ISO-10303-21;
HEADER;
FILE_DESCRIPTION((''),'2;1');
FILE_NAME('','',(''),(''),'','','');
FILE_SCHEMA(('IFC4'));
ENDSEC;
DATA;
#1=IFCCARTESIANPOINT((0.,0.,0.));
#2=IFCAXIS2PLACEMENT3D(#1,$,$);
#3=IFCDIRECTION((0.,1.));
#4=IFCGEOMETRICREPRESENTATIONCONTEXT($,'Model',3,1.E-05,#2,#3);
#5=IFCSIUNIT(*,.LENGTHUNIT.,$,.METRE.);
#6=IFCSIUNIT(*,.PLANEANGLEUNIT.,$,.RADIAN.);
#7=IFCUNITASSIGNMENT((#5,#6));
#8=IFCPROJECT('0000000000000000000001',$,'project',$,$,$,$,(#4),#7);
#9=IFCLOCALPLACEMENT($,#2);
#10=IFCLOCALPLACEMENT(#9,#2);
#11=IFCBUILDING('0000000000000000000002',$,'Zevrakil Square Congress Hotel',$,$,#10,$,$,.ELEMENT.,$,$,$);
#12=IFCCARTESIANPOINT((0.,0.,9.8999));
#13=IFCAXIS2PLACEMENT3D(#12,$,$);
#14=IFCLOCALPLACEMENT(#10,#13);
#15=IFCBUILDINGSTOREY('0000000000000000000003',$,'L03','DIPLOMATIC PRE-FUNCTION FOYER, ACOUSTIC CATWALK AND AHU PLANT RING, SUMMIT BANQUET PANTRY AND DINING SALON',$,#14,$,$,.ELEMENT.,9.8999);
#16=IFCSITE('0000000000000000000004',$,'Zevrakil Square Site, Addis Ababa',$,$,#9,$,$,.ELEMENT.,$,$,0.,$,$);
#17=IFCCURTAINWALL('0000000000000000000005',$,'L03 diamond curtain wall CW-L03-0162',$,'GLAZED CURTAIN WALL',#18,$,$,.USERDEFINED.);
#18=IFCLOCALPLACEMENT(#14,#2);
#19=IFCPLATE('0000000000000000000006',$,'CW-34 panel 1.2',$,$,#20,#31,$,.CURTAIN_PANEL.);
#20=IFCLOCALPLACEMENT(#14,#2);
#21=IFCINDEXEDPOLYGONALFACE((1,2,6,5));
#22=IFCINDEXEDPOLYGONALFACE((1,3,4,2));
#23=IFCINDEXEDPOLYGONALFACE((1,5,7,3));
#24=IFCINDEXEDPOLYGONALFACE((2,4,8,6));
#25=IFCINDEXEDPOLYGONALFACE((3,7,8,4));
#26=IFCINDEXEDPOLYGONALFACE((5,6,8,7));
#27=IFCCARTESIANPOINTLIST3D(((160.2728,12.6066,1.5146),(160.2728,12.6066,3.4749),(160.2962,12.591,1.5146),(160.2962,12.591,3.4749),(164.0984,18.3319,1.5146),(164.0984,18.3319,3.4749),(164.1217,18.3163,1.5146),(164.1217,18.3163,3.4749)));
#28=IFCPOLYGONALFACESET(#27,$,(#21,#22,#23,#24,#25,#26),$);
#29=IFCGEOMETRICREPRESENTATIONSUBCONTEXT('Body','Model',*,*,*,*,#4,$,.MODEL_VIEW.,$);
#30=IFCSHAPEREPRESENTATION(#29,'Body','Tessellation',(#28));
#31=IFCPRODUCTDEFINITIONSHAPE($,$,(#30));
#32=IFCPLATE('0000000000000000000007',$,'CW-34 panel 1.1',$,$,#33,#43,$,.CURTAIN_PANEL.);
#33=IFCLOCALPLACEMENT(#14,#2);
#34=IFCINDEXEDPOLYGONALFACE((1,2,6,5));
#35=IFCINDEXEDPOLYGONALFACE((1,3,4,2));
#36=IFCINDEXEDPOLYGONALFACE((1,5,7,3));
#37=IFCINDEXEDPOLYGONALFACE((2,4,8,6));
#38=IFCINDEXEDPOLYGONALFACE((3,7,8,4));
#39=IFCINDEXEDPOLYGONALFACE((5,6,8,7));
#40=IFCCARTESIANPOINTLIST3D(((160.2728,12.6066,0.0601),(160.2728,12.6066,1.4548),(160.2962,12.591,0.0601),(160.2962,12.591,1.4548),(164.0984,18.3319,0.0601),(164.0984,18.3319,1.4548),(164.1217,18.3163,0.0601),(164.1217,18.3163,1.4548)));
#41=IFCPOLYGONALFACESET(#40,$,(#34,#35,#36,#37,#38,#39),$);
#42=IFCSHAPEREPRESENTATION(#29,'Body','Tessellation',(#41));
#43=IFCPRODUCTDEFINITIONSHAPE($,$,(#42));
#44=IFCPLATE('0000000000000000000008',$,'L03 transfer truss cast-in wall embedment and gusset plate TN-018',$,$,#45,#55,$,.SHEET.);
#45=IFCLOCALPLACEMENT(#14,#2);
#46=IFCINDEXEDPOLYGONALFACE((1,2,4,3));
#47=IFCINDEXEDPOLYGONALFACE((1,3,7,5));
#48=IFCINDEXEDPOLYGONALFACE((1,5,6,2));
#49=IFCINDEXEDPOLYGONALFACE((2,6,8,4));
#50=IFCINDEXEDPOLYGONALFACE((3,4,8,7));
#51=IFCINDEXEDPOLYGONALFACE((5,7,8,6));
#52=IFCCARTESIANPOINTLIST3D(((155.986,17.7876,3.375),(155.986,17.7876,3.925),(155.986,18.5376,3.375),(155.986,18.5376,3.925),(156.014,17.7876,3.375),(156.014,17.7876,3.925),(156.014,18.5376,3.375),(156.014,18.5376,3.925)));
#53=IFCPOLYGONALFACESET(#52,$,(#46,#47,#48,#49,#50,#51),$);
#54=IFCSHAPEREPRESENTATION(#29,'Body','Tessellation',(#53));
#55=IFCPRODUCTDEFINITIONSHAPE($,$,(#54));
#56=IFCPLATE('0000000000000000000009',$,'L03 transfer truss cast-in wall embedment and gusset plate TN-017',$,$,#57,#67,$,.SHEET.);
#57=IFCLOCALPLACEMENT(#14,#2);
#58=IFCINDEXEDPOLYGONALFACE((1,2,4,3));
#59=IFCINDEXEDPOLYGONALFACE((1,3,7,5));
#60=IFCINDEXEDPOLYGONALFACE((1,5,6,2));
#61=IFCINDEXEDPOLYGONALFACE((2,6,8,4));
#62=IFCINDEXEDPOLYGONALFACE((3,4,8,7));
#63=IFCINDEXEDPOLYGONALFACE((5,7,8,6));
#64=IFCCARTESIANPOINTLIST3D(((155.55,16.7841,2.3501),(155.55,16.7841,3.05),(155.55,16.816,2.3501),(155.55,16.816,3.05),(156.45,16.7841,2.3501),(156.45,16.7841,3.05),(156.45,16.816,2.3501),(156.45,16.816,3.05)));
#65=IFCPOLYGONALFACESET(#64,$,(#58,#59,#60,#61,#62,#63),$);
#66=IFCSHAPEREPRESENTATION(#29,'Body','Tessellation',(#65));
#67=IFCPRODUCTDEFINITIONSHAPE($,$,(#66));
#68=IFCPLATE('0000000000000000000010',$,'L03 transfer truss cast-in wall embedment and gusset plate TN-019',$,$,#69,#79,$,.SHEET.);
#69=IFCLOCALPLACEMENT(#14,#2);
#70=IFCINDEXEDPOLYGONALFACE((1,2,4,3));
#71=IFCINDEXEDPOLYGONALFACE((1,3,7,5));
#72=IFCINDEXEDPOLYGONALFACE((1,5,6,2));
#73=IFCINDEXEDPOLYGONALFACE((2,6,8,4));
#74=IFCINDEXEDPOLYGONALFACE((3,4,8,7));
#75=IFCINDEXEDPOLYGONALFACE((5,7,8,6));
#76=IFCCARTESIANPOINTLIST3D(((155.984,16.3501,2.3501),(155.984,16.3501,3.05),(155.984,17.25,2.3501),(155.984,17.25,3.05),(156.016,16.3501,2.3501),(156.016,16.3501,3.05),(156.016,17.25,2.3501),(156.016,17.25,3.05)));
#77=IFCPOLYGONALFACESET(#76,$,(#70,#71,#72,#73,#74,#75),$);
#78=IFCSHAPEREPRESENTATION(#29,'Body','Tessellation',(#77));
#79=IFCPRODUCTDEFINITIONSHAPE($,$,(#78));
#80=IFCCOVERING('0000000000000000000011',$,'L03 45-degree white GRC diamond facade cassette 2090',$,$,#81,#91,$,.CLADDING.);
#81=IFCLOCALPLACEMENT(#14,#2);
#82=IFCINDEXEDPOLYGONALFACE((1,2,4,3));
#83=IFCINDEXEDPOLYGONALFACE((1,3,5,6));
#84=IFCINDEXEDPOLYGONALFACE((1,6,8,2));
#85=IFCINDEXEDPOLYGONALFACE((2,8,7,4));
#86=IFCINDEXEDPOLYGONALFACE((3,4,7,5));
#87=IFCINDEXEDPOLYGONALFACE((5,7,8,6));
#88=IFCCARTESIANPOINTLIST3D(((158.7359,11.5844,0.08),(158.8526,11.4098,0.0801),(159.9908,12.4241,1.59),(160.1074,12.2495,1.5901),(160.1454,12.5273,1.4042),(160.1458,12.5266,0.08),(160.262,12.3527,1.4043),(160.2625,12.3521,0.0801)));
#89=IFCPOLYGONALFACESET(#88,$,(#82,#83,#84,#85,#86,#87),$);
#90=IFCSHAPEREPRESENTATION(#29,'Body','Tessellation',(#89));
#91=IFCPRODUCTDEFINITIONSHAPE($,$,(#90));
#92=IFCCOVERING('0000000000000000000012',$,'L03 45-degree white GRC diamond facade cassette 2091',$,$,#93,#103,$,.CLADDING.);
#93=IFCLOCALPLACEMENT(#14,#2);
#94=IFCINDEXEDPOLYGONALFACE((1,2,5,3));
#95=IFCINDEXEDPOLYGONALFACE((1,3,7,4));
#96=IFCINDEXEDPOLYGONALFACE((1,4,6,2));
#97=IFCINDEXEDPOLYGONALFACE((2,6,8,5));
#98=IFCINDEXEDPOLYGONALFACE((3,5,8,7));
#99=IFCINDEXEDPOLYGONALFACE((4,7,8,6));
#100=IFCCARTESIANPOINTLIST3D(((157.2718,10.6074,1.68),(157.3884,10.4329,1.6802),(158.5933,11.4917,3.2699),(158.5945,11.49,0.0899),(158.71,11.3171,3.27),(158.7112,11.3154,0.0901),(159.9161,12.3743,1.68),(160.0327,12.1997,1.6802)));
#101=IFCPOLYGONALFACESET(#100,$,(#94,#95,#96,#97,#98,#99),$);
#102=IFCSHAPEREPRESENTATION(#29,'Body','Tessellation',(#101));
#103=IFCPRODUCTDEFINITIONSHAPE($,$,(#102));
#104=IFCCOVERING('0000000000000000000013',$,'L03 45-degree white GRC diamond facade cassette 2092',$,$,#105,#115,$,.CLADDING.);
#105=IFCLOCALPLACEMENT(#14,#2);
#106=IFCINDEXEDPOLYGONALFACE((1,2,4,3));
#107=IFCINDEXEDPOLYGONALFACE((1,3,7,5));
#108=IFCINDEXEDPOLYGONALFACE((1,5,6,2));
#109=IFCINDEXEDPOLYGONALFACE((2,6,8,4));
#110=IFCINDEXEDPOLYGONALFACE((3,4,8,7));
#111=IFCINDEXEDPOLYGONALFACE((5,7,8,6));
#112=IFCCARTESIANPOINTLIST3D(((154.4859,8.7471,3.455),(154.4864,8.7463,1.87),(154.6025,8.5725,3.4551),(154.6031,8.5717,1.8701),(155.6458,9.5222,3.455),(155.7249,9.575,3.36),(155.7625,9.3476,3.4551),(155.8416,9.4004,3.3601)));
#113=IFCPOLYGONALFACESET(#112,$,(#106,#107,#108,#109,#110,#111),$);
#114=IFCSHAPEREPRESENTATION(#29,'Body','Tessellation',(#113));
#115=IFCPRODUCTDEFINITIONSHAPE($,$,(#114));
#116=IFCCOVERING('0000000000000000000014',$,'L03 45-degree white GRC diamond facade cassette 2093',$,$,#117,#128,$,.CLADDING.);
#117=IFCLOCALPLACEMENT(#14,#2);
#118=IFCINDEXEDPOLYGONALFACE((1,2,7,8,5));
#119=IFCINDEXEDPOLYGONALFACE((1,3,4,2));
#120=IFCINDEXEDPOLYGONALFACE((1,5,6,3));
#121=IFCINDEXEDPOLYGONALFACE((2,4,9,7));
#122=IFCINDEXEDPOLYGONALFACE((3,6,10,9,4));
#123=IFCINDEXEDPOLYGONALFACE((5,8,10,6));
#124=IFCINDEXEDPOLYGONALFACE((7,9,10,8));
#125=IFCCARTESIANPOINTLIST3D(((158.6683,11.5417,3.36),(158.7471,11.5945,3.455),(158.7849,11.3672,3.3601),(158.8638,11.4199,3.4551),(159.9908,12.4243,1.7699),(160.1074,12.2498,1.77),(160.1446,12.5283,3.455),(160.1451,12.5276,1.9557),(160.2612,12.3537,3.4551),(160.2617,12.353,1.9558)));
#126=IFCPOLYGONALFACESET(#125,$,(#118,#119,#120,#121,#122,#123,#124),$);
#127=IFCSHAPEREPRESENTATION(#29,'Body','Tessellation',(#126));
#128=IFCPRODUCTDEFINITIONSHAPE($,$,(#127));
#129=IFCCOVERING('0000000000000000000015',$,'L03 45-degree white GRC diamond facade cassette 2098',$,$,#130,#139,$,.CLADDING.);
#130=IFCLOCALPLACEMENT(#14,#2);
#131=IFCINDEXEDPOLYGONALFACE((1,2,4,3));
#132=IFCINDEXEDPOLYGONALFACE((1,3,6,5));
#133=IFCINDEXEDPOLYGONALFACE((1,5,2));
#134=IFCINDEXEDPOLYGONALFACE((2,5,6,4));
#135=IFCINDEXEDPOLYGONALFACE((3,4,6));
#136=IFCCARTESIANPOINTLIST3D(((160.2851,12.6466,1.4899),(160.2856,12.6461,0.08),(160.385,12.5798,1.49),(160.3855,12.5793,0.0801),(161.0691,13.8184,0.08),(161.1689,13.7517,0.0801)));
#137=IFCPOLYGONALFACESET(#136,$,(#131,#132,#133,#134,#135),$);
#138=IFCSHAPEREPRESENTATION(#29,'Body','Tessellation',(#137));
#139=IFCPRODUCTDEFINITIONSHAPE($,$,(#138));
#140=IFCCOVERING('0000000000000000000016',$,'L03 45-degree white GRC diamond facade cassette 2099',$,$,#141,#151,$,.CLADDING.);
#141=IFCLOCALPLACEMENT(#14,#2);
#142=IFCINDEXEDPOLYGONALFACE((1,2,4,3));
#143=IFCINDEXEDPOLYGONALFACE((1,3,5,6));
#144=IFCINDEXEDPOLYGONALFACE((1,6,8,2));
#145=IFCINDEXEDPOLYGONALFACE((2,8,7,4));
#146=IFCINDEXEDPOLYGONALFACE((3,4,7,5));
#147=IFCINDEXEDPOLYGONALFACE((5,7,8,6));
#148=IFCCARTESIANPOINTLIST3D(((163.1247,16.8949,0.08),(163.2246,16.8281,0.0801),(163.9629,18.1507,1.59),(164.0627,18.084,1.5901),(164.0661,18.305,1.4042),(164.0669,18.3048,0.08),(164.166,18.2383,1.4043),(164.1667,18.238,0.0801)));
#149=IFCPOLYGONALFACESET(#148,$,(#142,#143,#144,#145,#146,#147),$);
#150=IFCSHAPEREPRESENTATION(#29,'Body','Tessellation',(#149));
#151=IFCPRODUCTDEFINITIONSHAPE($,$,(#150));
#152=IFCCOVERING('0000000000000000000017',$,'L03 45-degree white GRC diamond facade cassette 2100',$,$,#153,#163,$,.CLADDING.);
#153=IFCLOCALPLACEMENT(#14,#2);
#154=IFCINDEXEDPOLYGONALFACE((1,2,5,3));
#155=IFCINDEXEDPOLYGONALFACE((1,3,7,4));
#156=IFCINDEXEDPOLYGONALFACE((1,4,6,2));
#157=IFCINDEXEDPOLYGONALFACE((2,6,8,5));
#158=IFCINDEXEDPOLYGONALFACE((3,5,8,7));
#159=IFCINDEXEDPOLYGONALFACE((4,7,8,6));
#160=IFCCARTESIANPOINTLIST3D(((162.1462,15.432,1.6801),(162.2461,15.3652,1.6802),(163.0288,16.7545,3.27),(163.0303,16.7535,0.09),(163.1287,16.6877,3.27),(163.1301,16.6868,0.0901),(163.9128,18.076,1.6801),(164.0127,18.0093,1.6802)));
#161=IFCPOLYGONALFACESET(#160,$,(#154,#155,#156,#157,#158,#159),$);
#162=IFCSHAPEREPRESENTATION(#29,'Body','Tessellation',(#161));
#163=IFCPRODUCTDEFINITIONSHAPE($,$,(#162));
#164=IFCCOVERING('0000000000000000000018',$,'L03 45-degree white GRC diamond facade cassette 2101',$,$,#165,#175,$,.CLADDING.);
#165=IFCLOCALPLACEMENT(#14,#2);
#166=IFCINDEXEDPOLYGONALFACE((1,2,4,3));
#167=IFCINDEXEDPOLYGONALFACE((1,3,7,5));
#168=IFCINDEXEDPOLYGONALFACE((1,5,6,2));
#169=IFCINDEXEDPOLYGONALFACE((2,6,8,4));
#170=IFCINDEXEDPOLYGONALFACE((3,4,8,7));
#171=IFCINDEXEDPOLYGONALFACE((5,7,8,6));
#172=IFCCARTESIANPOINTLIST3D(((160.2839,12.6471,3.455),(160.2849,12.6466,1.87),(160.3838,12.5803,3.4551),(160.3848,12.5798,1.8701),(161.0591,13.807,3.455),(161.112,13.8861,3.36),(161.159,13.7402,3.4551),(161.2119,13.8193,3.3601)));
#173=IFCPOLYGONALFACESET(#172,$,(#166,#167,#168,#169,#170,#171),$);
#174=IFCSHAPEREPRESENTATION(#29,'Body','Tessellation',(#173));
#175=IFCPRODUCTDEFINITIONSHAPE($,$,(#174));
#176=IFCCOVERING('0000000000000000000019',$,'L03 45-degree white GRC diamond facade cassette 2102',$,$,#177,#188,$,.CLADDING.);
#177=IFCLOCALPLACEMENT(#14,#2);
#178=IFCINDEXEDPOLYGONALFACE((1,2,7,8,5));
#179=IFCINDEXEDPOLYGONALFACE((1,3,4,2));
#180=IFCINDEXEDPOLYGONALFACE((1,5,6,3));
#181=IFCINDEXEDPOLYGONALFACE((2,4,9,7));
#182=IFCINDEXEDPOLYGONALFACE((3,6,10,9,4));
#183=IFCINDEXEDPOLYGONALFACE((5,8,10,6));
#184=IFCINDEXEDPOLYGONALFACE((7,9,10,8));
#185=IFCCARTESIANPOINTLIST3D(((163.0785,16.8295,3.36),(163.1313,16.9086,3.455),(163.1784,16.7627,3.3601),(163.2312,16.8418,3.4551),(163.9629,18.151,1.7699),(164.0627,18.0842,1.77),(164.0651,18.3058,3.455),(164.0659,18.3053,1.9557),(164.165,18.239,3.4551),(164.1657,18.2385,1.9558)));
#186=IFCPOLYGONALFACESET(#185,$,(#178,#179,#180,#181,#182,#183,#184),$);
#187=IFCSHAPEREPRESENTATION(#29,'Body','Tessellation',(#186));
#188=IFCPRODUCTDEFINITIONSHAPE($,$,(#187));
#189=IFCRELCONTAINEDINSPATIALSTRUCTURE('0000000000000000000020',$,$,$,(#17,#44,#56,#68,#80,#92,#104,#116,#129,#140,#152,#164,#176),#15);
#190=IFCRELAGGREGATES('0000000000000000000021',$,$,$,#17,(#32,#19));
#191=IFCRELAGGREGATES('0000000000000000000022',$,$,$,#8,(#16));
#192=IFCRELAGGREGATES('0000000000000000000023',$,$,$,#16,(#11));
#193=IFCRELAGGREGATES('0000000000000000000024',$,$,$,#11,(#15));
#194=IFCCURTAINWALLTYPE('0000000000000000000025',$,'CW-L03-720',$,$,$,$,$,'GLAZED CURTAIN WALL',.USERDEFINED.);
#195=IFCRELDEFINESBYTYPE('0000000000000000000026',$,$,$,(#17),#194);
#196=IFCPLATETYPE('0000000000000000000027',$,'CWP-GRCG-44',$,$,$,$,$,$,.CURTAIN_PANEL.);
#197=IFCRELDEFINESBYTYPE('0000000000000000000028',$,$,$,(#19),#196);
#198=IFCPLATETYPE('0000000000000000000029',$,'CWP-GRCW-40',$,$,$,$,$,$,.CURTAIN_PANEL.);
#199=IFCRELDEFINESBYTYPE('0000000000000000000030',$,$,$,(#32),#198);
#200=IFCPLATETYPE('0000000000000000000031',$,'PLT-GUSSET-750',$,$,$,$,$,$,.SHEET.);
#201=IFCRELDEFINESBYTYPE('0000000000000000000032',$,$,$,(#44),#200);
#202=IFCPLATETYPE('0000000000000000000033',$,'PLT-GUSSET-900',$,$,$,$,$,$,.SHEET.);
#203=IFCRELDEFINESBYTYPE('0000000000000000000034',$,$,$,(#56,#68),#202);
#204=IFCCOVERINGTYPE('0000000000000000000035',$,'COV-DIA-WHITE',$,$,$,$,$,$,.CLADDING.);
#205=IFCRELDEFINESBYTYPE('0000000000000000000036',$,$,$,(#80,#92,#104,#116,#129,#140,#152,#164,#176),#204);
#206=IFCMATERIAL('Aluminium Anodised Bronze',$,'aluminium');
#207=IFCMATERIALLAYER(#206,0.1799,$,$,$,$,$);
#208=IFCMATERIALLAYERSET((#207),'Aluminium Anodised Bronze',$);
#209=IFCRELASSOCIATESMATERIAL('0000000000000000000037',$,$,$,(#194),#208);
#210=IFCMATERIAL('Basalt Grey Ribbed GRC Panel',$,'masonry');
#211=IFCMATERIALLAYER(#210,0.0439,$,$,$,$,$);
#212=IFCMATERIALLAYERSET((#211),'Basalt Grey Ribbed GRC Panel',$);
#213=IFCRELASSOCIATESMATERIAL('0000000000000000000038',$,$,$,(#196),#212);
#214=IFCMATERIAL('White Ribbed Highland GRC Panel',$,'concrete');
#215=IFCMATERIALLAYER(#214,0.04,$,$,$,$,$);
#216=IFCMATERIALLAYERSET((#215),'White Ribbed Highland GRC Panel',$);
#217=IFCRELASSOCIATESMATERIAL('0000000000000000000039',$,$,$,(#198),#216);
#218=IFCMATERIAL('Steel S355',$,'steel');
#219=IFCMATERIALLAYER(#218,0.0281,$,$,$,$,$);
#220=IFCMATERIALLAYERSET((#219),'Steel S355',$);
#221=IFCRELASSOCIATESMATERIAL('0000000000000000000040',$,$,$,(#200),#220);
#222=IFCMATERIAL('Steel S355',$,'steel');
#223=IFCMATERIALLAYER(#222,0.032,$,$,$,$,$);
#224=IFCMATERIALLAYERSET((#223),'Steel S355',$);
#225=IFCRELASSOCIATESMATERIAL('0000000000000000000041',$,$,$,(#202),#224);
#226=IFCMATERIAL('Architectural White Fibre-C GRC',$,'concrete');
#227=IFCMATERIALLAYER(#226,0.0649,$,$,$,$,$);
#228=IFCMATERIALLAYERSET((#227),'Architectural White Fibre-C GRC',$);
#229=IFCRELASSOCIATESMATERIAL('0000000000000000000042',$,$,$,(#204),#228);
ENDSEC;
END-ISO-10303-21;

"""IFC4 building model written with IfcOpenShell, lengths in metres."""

from ifc_helpers import new_model, si_unit, direction, frame, origin, origin_2d, place, context, subcontext, project, spatial, polyline, rectangle, outline, extrude, material, layer, layer_set, type_object, element, aggregate, save


model = new_model("IFC4")

# Units and contexts
model_context = context("Model", 3, precision=1e-05, world=origin(), true_north=direction((0.0, 1.0)))
body_context = subcontext(model_context, "Body", "Model", "MODEL_VIEW")
ifc_project = project(units=[si_unit("LENGTHUNIT", "METRE"), si_unit("PLANEANGLEUNIT", "RADIAN")], contexts=[model_context])

# Site, building, storey
site_placement = place(None, origin())
site = spatial("IfcSite", under=ifc_project, at=site_placement, Name="Zevrakil Square Site, Addis Ababa", CompositionType="ELEMENT", RefElevation=0.0)
building_placement = place(site_placement, origin())
building = spatial("IfcBuilding", under=site, at=building_placement, Name="Zevrakil Square Congress Hotel", CompositionType="ELEMENT")
storey_placement = place(building_placement, frame((0.0, 0.0, 9.8999)))
storey = spatial("IfcBuildingStorey", under=building, at=storey_placement, Name="L03", Description="DIPLOMATIC PRE-FUNCTION FOYER, ACOUSTIC CATWALK AND AHU PLANT RING, SUMMIT BANQUET PANTRY AND DINING SALON", CompositionType="ELEMENT", Elevation=9.8999)

# Curtain wall
ifc_material_1 = material(Name="Aluminium Anodised Bronze", Category="aluminium")
ifc_layer_1 = layer(ifc_material_1, 0.1799)
ifc_layer_set_1 = layer_set([ifc_layer_1], Name="Aluminium Anodised Bronze")
curtain_wall_type = type_object("IfcCurtainWallType", Name="CW-L03-720", ElementType="GLAZED CURTAIN WALL", PredefinedType="USERDEFINED", material=ifc_layer_set_1)
curtain_wall_placement = place(storey_placement, origin())
curtain_wall = element("IfcCurtainWall", 1, at=curtain_wall_placement, inside=storey, type_object=curtain_wall_type, Name="L03 diamond curtain wall CW-L03-0162", ObjectType="GLAZED CURTAIN WALL", PredefinedType="USERDEFINED")

# Plates
ifc_material_2 = material(Name="Basalt Grey Ribbed GRC Panel", Category="masonry")
ifc_layer_2 = layer(ifc_material_2, 0.0439)
ifc_layer_set_2 = layer_set([ifc_layer_2], Name="Basalt Grey Ribbed GRC Panel")
plate_type_1 = type_object("IfcPlateType", Name="CWP-GRCG-44", PredefinedType="CURTAIN_PANEL", material=ifc_layer_set_2)
plate_1_placement = place(storey_placement, frame((162.1973, 15.4614, 1.5146), z_axis=(0.0, 0.0, 1.0), x_axis=(0.555576, 0.831466, 0.0)))
plate_1 = element("IfcPlate", 2, at=plate_1_placement, type_object=plate_type_1, Name="CW-34 panel 1.2", PredefinedType="CURTAIN_PANEL", context=body_context, shape_type="SweptSolid", body=[
    extrude(rectangle(XDim=6.8857, YDim=0.0281, at=origin_2d()), origin(), (0.0, 0.0, 1.0), 1.9602),
])
ifc_material_3 = material(Name="White Ribbed Highland GRC Panel", Category="concrete")
ifc_layer_3 = layer(ifc_material_3, 0.04)
ifc_layer_set_3 = layer_set([ifc_layer_3], Name="White Ribbed Highland GRC Panel")
plate_type_2 = type_object("IfcPlateType", Name="CWP-GRCW-40", PredefinedType="CURTAIN_PANEL", material=ifc_layer_set_3)
plate_2_placement = place(storey_placement, frame((162.1973, 15.4614, 0.0601), z_axis=(0.0, 0.0, 1.0), x_axis=(0.555576, 0.831466, 0.0)))
plate_2 = element("IfcPlate", 3, at=plate_2_placement, type_object=plate_type_2, Name="CW-34 panel 1.1", PredefinedType="CURTAIN_PANEL", context=body_context, shape_type="SweptSolid", body=[
    extrude(rectangle(XDim=6.8857, YDim=0.0281, at=origin_2d()), origin(), (0.0, 0.0, 1.0), 1.3948),
])
aggregate(curtain_wall, [plate_2, plate_1])

# Plates
ifc_material_4 = material(Name="Steel S355", Category="steel")
ifc_layer_4 = layer(ifc_material_4, 0.0281)
ifc_layer_set_4 = layer_set([ifc_layer_4], Name="Steel S355")
plate_type_3 = type_object("IfcPlateType", Name="PLT-GUSSET-750", PredefinedType="SHEET", material=ifc_layer_set_4)
plate_3_placement = place(storey_placement, frame((156.0, 18.1626, 3.375), z_axis=(0.0, 0.0, 1.0), x_axis=(0.0, 1.0, 0.0)))
element("IfcPlate", 4, at=plate_3_placement, inside=storey, type_object=plate_type_3, Name="L03 transfer truss cast-in wall embedment and gusset plate TN-018", PredefinedType="SHEET", context=body_context, shape_type="SweptSolid", body=[
    extrude(rectangle(XDim=0.75, YDim=0.0281, at=origin_2d()), origin(), (0.0, 0.0, 1.0), 0.55),
])
ifc_material_5 = material(Name="Steel S355", Category="steel")
ifc_layer_5 = layer(ifc_material_5, 0.032)
ifc_layer_set_5 = layer_set([ifc_layer_5], Name="Steel S355")
plate_type_4 = type_object("IfcPlateType", Name="PLT-GUSSET-900", PredefinedType="SHEET", material=ifc_layer_set_5)
for number, where, z_axis, x_axis, name in (
    (5, (156.0, 16.8, 2.3501), (0.0, 0.0, 1.0), (1.0, 0.0, 0.0), "L03 transfer truss cast-in wall embedment and gusset plate TN-017"),
    (6, (156.0, 16.8, 2.3501), (0.0, 0.0, 1.0), (0.0, 1.0, 0.0), "L03 transfer truss cast-in wall embedment and gusset plate TN-019"),
):
    element("IfcPlate", number, at=place(storey_placement, frame(where, z_axis=z_axis, x_axis=x_axis)), inside=storey, type_object=plate_type_4, Name=name, PredefinedType="SHEET", context=body_context, shape_type="SweptSolid", body=[
        extrude(rectangle(XDim=0.8999, YDim=0.032, at=origin_2d()), origin(), (0.0, 0.0, 1.0), 0.7),
    ])

# Coverings
ifc_material_6 = material(Name="Architectural White Fibre-C GRC", Category="concrete")
ifc_layer_6 = layer(ifc_material_6, 0.0649)
ifc_layer_set_6 = layer_set([ifc_layer_6], Name="Architectural White Fibre-C GRC")
covering_type_1 = type_object("IfcCoveringType", Name="COV-DIA-WHITE", PredefinedType="CLADDING", material=ifc_layer_set_6)
covering_1_placement = place(storey_placement, frame((160.1074, 12.2495, 1.5901), z_axis=(0.555646, -0.831419, 0.000588), x_axis=(0.588259, 0.39264, -0.706955)))
element("IfcCovering", 7, at=covering_1_placement, inside=storey, type_object=covering_type_1, Name="L03 45-degree white GRC diamond facade cassette 2090", PredefinedType="CLADDING", context=body_context, shape_type="SweptSolid", body=[
    extrude(outline(polyline([(0.0, 0.0), (0.2628, 0.0), (1.199, -0.9366), (-0.0003, -2.1354), (0.0, 0.0)])), origin(), (0.0, 0.0, -1.0), 0.21),
])
covering_2_placement = place(storey_placement, frame((158.71, 11.3171, 3.27), z_axis=(0.555568, -0.831471, 0.00066), x_axis=(0.588256, 0.392497, -0.707037)))
element("IfcCovering", 8, at=covering_2_placement, inside=storey, type_object=covering_type_1, Name="L03 45-degree white GRC diamond facade cassette 2091", PredefinedType="CLADDING", context=body_context, shape_type="SweptSolid", body=[
    extrude(outline(polyline([(0.0, 0.0), (2.2486, 0.0), (2.2484, -2.2487), (-0.0004, -2.2486), (0.0, 0.0)])), origin(), (0.0, 0.0, -1.0), 0.21),
])
covering_3_placement = place(storey_placement, frame((155.8416, 9.4004, 3.3601), z_axis=(0.5556, -0.831449, 0.000585), x_axis=(-0.587725, -0.393234, -0.707069)))
element("IfcCovering", 9, at=covering_3_placement, inside=storey, type_object=covering_type_1, Name="L03 45-degree white GRC diamond facade cassette 2092", PredefinedType="CLADDING", context=body_context, shape_type="SweptSolid", body=[
    extrude(outline(polyline([(0.0, 0.0), (2.1073, 0.0), (0.9866, -1.1208), (0.0001, -0.1344), (0.0, 0.0)])), origin(), (0.0, 0.0, -1.0), 0.21),
])
covering_4_placement = place(storey_placement, frame((160.1074, 12.2498, 1.77), z_axis=(0.555605, -0.831446, 0.000591), x_axis=(-0.588129, -0.392508, 0.707136)))
element("IfcCovering", 10, at=covering_4_placement, inside=storey, type_object=covering_type_1, Name="L03 45-degree white GRC diamond facade cassette 2093", PredefinedType="CLADDING", context=body_context, shape_type="SweptSolid", body=[
    extrude(outline(polyline([(0.0, 0.0), (2.2486, 0.0), (2.2487, -0.1342), (1.0603, -1.3228), (0.0001, -0.2627), (0.0, 0.0)])), origin(), (0.0, 0.0, -1.0), 0.21),
])
covering_5_placement = place(storey_placement, frame((161.1689, 13.7517, 0.0801), z_axis=(0.831437, -0.555619, 0.00048), x_axis=(-0.555619, -0.831437, 0.0)))
element("IfcCovering", 11, at=covering_5_placement, inside=storey, type_object=covering_type_1, Name="L03 45-degree white GRC diamond facade cassette 2098", PredefinedType="CLADDING", context=body_context, shape_type="SweptSolid", body=[
    extrude(outline(polyline([(0.0, 0.0), (1.41, 0.0), (1.4099, -1.4099), (0.0, 0.0)])), origin(), (0.0, 0.0, -1.0), 0.1201),
])
covering_6_placement = place(storey_placement, frame((164.0627, 18.084, 1.5901), z_axis=(0.831443, -0.55561, 0.000583), x_axis=(0.393088, 0.587495, -0.707341)))
element("IfcCovering", 12, at=covering_6_placement, inside=storey, type_object=covering_type_1, Name="L03 45-degree white GRC diamond facade cassette 2099", PredefinedType="CLADDING", context=body_context, shape_type="SweptSolid", body=[
    extrude(outline(polyline([(0.0, 0.0), (0.2627, 0.0), (1.1995, -0.9359), (0.0008, -2.1354), (0.0, 0.0)])), origin(), (0.0, 0.0, -1.0), 0.1201),
])
covering_7_placement = place(storey_placement, frame((163.1287, 16.6877, 3.27), z_axis=(0.831483, -0.55555, 0.000554), x_axis=(0.393173, 0.587751, -0.707081)))
element("IfcCovering", 13, at=covering_7_placement, inside=storey, type_object=covering_type_1, Name="L03 45-degree white GRC diamond facade cassette 2100", PredefinedType="CLADDING", context=body_context, shape_type="SweptSolid", body=[
    extrude(outline(polyline([(0.0, 0.0), (2.2485, 0.0), (2.2485, -2.2486), (-0.0002, -2.2485), (0.0, 0.0)])), origin(), (0.0, 0.0, -1.0), 0.1201),
])
covering_8_placement = place(storey_placement, frame((161.2119, 13.8193, 3.3601), z_axis=(0.831419, -0.555645, 0.000701), x_axis=(-0.392509, -0.588209, -0.707069)))
element("IfcCovering", 14, at=covering_8_placement, inside=storey, type_object=covering_type_1, Name="L03 45-degree white GRC diamond facade cassette 2101", PredefinedType="CLADDING", context=body_context, shape_type="SweptSolid", body=[
    extrude(outline(polyline([(0.0, 0.0), (2.1073, 0.0), (0.9867, -1.1209), (0.0002, -0.1345), (0.0, 0.0)])), origin(), (0.0, 0.0, -1.0), 0.1201),
])
covering_9_placement = place(storey_placement, frame((164.0627, 18.0842, 1.77), z_axis=(0.83141, -0.555659, 0.000597), x_axis=(-0.393262, -0.587662, 0.707106)))
element("IfcCovering", 15, at=covering_9_placement, inside=storey, type_object=covering_type_1, Name="L03 45-degree white GRC diamond facade cassette 2102", PredefinedType="CLADDING", context=body_context, shape_type="SweptSolid", body=[
    extrude(outline(polyline([(0.0, 0.0), (2.2487, 0.0), (2.2487, -0.1344), (1.0603, -1.3227), (0.0002, -0.2626), (0.0, 0.0)])), origin(), (0.0, 0.0, -1.0), 0.1201),
])

save(model, "model.ifc")
